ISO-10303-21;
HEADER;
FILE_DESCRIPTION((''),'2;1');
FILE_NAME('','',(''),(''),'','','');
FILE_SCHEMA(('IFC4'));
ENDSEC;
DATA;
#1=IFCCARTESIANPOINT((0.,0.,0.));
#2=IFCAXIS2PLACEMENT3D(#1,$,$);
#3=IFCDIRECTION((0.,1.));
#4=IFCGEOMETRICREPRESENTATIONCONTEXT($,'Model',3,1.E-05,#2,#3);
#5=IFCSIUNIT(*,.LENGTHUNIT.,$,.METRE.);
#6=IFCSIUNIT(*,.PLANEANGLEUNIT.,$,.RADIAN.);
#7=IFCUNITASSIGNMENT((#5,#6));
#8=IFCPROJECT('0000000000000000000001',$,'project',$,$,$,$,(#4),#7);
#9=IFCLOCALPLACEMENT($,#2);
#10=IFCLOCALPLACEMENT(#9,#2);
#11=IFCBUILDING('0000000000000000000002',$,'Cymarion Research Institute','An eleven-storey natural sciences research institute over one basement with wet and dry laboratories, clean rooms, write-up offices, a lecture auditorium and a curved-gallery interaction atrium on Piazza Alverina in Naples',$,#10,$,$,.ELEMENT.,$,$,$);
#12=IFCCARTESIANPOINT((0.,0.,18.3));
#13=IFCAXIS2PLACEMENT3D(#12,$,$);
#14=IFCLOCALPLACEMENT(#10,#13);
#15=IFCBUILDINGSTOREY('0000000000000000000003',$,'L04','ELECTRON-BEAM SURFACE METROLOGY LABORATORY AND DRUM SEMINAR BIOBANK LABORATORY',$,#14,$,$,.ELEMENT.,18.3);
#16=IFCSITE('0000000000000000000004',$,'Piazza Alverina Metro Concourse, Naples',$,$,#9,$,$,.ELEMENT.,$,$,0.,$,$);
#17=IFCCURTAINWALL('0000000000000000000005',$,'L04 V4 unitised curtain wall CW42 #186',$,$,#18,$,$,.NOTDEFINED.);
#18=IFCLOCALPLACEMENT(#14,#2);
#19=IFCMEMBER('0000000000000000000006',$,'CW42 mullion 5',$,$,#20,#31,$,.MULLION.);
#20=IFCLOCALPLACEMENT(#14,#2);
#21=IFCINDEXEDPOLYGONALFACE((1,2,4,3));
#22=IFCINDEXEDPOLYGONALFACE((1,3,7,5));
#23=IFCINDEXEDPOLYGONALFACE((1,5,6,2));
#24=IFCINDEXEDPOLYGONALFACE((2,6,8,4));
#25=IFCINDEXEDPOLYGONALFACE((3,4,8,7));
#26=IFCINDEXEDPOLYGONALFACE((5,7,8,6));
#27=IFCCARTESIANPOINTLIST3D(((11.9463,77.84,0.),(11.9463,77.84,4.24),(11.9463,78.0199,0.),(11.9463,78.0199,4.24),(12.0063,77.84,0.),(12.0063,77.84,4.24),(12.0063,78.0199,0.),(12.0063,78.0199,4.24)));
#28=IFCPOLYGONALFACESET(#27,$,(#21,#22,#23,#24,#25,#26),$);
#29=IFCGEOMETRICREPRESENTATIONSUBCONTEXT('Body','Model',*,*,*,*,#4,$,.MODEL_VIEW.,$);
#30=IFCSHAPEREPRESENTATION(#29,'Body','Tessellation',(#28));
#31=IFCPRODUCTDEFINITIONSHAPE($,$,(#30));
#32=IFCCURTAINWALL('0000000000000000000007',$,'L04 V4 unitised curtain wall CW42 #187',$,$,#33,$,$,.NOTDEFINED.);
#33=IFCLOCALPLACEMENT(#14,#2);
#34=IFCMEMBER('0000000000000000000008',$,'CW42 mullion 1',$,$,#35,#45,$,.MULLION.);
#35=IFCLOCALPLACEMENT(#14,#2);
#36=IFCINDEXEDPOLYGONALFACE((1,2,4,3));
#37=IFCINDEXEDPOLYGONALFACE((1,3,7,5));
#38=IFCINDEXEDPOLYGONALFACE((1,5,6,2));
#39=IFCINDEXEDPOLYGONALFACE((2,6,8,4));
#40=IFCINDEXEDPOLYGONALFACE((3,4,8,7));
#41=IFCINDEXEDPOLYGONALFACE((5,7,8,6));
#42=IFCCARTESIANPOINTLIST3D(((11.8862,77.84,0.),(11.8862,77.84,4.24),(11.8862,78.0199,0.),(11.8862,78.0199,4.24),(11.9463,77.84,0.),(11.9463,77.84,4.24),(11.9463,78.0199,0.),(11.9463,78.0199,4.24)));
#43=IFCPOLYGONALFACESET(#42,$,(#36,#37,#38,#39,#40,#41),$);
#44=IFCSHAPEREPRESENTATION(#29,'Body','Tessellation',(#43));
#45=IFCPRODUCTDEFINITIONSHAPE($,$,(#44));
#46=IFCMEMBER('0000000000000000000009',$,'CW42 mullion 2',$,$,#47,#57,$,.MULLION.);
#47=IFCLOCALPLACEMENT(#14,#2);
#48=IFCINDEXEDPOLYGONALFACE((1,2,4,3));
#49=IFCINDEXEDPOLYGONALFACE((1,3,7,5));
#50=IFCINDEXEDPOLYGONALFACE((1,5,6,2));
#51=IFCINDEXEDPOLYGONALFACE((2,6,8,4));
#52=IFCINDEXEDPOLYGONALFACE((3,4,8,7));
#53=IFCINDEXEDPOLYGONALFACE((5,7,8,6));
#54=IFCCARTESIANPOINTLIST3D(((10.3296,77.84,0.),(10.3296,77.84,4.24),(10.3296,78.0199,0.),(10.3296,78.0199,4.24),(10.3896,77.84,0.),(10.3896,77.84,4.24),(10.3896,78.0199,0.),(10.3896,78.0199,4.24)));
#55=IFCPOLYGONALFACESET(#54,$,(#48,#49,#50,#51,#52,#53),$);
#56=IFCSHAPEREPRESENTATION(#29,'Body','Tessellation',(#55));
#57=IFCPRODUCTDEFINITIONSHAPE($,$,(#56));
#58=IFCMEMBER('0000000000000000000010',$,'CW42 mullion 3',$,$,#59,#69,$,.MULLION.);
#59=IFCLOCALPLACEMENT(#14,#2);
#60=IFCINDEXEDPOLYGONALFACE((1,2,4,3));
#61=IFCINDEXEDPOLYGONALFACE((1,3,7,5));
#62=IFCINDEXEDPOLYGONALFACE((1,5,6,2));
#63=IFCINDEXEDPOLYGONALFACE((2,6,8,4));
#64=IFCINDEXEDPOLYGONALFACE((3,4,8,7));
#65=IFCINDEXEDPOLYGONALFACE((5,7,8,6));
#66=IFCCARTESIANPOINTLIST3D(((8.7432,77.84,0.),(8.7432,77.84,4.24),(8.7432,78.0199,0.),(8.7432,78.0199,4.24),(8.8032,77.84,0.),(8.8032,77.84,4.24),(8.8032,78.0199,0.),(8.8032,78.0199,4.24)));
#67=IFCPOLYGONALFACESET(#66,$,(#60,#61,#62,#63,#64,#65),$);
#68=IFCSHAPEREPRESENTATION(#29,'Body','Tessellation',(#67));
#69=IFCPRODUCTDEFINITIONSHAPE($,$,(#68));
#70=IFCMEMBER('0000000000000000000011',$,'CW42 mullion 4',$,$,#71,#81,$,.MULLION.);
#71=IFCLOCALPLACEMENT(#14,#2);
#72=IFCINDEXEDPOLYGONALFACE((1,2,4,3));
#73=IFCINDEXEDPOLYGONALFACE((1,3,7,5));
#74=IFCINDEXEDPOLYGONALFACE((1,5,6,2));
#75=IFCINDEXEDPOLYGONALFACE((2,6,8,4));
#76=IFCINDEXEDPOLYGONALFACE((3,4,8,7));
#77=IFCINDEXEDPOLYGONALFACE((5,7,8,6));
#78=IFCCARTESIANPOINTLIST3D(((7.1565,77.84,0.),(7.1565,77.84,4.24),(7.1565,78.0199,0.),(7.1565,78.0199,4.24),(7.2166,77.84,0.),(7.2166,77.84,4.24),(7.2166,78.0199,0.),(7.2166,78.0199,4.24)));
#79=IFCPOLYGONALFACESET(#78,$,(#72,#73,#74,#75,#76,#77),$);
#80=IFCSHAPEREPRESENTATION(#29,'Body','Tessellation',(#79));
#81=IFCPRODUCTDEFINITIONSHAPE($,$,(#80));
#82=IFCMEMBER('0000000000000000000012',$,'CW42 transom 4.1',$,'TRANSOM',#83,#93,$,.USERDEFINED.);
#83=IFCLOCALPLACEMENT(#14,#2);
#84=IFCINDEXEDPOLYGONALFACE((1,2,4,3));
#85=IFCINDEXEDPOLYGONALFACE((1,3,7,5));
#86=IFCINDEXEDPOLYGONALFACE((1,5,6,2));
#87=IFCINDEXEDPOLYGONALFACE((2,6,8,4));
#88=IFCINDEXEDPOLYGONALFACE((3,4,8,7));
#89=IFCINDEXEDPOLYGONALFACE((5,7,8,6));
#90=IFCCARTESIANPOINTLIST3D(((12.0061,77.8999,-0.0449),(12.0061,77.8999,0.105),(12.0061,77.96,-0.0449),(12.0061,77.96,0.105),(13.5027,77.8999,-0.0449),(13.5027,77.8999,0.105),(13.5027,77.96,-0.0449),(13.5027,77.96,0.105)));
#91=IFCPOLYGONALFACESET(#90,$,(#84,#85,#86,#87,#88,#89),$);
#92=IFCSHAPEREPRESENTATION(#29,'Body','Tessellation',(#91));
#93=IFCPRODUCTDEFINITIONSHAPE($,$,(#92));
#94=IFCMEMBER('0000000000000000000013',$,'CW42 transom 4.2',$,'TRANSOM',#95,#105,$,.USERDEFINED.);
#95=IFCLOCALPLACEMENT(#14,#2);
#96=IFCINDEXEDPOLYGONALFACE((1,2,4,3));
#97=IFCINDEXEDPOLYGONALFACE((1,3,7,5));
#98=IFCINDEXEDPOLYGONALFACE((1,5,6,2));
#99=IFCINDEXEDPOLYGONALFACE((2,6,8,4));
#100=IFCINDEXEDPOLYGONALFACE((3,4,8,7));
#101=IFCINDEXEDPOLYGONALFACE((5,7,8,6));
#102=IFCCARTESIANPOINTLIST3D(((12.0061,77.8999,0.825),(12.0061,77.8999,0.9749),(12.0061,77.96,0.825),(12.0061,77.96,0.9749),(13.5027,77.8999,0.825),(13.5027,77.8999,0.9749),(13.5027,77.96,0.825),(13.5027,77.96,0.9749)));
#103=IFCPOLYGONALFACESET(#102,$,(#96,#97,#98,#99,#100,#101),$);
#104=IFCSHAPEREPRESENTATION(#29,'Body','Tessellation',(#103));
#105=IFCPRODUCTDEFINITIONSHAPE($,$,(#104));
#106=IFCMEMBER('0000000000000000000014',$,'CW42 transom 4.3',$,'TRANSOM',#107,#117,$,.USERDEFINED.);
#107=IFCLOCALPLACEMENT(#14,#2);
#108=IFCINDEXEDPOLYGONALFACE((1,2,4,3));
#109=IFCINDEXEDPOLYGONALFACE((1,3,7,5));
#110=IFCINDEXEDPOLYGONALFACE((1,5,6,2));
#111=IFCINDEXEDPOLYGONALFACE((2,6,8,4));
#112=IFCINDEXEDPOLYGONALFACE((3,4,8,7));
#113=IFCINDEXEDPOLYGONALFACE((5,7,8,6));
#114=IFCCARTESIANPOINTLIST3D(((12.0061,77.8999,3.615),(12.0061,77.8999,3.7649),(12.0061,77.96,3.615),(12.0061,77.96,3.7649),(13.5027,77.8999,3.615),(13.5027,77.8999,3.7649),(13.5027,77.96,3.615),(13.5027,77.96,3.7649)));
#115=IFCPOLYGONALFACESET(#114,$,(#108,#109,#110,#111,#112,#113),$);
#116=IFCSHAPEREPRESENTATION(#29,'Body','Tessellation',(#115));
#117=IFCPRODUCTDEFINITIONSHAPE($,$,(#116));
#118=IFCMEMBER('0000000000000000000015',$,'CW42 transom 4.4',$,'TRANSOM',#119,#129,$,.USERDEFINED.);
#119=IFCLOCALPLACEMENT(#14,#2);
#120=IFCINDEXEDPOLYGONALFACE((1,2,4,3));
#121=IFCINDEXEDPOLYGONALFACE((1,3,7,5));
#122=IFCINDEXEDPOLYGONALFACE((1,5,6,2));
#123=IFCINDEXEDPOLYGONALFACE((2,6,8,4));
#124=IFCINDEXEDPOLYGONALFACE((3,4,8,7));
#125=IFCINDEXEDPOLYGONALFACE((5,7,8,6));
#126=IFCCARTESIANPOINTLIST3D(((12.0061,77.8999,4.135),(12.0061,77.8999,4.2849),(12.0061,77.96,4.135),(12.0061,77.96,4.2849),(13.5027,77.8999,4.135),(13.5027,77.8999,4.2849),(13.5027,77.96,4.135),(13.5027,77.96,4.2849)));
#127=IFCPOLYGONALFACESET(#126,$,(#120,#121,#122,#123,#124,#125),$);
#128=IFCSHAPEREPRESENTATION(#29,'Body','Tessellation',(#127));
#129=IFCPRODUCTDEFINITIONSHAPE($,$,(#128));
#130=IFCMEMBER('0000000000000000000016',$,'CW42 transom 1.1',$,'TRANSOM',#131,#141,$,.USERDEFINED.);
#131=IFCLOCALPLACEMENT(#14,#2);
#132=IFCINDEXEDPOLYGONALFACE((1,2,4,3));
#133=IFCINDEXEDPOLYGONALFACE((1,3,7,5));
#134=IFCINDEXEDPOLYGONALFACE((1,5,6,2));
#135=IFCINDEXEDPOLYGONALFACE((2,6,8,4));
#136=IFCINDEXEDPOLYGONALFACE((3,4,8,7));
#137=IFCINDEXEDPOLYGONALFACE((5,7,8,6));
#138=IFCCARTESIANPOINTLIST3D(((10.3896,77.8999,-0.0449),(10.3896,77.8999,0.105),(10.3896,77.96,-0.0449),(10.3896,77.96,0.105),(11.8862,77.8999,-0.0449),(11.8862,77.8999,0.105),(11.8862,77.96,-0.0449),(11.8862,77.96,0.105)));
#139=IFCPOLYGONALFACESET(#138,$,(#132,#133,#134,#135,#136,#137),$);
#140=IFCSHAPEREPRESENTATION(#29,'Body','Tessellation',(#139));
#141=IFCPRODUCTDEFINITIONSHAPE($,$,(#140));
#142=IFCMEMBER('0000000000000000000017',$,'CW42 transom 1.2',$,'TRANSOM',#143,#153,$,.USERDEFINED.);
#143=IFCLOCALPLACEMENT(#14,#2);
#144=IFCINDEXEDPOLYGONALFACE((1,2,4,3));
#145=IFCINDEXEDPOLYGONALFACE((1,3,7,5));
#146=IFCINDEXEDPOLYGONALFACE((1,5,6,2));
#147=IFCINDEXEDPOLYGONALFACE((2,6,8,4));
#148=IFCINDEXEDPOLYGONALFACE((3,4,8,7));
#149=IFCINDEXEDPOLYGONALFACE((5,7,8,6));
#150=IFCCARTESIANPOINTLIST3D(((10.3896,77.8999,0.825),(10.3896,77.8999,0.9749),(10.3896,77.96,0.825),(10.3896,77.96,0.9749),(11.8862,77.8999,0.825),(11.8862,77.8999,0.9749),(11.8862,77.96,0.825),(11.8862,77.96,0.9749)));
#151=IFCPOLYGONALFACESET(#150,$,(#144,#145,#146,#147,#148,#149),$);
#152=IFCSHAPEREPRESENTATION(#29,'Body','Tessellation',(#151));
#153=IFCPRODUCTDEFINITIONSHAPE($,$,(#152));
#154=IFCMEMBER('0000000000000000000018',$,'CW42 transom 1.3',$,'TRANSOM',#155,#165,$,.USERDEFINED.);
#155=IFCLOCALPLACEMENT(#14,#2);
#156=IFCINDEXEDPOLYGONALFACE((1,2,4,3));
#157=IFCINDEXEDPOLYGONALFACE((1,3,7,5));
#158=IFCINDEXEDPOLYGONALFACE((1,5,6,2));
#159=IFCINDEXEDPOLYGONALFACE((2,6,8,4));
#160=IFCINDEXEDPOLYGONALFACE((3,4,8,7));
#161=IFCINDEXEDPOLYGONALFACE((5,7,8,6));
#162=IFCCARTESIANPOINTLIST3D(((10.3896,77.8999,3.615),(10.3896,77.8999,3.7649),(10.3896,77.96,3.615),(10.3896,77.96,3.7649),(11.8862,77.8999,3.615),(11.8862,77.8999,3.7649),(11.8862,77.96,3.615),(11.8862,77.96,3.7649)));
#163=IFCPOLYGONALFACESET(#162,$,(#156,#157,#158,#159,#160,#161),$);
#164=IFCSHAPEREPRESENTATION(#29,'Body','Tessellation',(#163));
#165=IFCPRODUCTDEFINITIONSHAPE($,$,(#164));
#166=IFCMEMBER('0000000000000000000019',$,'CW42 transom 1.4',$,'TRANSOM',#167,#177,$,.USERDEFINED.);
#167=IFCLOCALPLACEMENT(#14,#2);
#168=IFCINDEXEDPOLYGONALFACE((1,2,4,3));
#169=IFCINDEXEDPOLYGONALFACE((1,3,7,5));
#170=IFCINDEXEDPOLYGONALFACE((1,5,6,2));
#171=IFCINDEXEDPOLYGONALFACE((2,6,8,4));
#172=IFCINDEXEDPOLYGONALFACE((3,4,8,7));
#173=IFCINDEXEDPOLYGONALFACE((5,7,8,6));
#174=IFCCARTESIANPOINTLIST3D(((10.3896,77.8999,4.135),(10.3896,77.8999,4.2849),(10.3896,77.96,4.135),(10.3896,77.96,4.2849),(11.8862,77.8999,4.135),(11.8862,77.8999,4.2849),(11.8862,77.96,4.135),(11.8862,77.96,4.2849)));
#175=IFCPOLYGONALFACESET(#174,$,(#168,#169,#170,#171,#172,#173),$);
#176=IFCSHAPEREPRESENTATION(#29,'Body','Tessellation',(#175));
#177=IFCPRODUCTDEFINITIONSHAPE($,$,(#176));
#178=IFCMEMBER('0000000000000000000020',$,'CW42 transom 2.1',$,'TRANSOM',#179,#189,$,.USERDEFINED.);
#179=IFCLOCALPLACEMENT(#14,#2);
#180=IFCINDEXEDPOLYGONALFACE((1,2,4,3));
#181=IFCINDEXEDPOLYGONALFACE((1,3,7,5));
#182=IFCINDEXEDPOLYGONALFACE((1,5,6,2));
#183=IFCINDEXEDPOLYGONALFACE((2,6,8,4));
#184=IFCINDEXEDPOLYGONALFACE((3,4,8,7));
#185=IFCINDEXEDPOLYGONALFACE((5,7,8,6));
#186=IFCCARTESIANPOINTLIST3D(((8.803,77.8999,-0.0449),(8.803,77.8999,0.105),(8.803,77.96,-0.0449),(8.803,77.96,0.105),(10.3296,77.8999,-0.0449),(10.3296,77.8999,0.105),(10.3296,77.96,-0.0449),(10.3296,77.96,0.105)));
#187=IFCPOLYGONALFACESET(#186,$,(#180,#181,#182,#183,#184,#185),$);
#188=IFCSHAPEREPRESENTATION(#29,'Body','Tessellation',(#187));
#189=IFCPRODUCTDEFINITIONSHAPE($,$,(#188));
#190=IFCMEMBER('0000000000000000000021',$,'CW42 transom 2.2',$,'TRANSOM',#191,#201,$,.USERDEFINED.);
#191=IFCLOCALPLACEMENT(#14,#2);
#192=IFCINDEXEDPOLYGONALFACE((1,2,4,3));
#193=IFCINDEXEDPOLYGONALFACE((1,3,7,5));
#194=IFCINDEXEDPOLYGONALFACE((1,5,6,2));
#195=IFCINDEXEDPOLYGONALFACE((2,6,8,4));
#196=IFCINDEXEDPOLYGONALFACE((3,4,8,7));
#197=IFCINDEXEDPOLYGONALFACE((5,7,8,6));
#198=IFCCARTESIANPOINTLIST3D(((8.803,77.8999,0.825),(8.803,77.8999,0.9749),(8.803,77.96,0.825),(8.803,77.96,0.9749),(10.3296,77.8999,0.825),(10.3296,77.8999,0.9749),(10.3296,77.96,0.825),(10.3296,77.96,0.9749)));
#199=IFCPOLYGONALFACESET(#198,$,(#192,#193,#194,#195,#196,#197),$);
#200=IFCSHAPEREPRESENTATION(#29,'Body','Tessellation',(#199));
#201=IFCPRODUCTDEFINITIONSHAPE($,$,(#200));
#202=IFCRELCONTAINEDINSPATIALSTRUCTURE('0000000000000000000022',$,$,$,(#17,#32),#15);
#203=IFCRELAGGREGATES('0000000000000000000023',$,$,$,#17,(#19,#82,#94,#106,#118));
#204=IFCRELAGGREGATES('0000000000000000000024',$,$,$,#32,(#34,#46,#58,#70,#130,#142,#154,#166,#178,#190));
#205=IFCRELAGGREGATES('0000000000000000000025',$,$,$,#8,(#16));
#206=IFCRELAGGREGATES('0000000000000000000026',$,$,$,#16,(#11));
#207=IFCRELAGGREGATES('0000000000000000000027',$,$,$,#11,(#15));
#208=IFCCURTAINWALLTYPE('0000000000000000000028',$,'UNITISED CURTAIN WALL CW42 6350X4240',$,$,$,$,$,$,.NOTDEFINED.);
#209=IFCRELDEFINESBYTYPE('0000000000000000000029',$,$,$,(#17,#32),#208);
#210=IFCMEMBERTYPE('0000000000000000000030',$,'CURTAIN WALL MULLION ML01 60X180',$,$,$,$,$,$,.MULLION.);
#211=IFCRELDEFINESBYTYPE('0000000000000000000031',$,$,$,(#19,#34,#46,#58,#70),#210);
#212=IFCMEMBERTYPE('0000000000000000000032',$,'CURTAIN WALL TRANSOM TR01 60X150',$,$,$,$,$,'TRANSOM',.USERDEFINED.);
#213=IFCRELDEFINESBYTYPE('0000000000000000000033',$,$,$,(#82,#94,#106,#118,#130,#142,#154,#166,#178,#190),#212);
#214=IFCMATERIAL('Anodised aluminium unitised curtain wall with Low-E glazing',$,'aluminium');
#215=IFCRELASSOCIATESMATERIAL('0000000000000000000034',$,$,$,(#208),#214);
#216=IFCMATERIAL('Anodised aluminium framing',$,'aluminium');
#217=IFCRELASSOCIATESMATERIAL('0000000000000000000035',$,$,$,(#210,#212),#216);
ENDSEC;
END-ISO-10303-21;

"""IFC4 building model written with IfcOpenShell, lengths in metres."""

from ifc_helpers import new_model, si_unit, direction, frame, origin, origin_2d, place, context, subcontext, project, spatial, rectangle, extrude, material, material_profile, profile_set, type_object, element, aggregate, save


model = new_model("IFC4")

# Units and contexts
model_context = context("Model", 3, precision=1e-05, world=origin(), true_north=direction((0.0, 1.0)))
body_context = subcontext(model_context, "Body", "Model", "MODEL_VIEW")
ifc_project = project(units=[si_unit("LENGTHUNIT", "METRE"), si_unit("PLANEANGLEUNIT", "RADIAN")], contexts=[model_context])

# Site, building, storey
site_placement = place(None, origin())
site = spatial("IfcSite", under=ifc_project, at=site_placement, Name="Piazza Alverina Metro Concourse, Naples", CompositionType="ELEMENT", RefElevation=0.0)
building_placement = place(site_placement, origin())
building = spatial("IfcBuilding", under=site, at=building_placement, Name="Cymarion Research Institute", Description="An eleven-storey natural sciences research institute over one basement with wet and dry laboratories, clean rooms, write-up offices, a lecture auditorium and a curved-gallery interaction atrium on Piazza Alverina in Naples", CompositionType="ELEMENT")
storey_placement = place(building_placement, frame((0.0, 0.0, 18.3)))
storey = spatial("IfcBuildingStorey", under=building, at=storey_placement, Name="L04", Description="ELECTRON-BEAM SURFACE METROLOGY LABORATORY AND DRUM SEMINAR BIOBANK LABORATORY", CompositionType="ELEMENT", Elevation=18.3)

# Curtain wall, member
ifc_material_1 = material(Name="Anodised aluminium unitised curtain wall with Low-E glazing", Category="aluminium")
curtain_wall_type = type_object("IfcCurtainWallType", Name="UNITISED CURTAIN WALL CW42 6350X4240", PredefinedType="NOTDEFINED", material=ifc_material_1)
curtain_wall_1_placement = place(storey_placement, origin())
curtain_wall_1 = element("IfcCurtainWall", 1, at=curtain_wall_1_placement, inside=storey, type_object=curtain_wall_type, Name="L04 V4 unitised curtain wall CW42 #186", PredefinedType="NOTDEFINED")
ifc_material_2 = material(Name="Anodised aluminium framing", Category="aluminium")
ifc_material_profile_1 = material_profile(ifc_material_2, rectangle(XDim=0.0601, YDim=0.1799, at=origin_2d()), Name="ALU MULLION 60x180")
ifc_profile_set_1 = profile_set([ifc_material_profile_1], Name="Anodised aluminium framing")
member_type_1 = type_object("IfcMemberType", Name="CURTAIN WALL MULLION ML01 60X180", PredefinedType="MULLION", material=ifc_profile_set_1)
member_1_placement = place(storey_placement, frame((11.9763, 77.9299, 0.0), z_axis=(0.0, 0.0, 1.0), x_axis=(-1.0, 0.0, 0.0)))
member_1 = element("IfcMember", 2, at=member_1_placement, type_object=member_type_1, Name="CW42 mullion 5", PredefinedType="MULLION", context=body_context, shape_type="SweptSolid", body=[
    extrude(rectangle(XDim=0.0601, YDim=0.1799, at=origin_2d()), origin(), (0.0, 0.0, 1.0), 4.24),
])

# Curtain wall, members
curtain_wall_2_placement = place(storey_placement, origin())
curtain_wall_2 = element("IfcCurtainWall", 3, at=curtain_wall_2_placement, inside=storey, type_object=curtain_wall_type, Name="L04 V4 unitised curtain wall CW42 #187", PredefinedType="NOTDEFINED")
member_2_placement = place(storey_placement, frame((11.9163, 77.9299, 0.0), z_axis=(0.0, 0.0, 1.0), x_axis=(-1.0, 0.0, 0.0)))
member_2 = element("IfcMember", 4, at=member_2_placement, type_object=member_type_1, Name="CW42 mullion 1", PredefinedType="MULLION", context=body_context, shape_type="SweptSolid", body=[
    extrude(rectangle(XDim=0.0601, YDim=0.1799, at=origin_2d()), origin(), (0.0, 0.0, 1.0), 4.24),
])
member_3_placement = place(storey_placement, frame((10.3596, 77.9299, 0.0), z_axis=(0.0, 0.0, 1.0), x_axis=(-1.0, 0.0, 0.0)))
member_3 = element("IfcMember", 5, at=member_3_placement, type_object=member_type_1, Name="CW42 mullion 2", PredefinedType="MULLION", context=body_context, shape_type="SweptSolid", body=[
    extrude(rectangle(XDim=0.0601, YDim=0.1799, at=origin_2d()), origin(), (0.0, 0.0, 1.0), 4.24),
])
member_4_placement = place(storey_placement, frame((8.7732, 77.9299, 0.0), z_axis=(0.0, 0.0, 1.0), x_axis=(-1.0, 0.0, 0.0)))
member_4 = element("IfcMember", 6, at=member_4_placement, type_object=member_type_1, Name="CW42 mullion 3", PredefinedType="MULLION", context=body_context, shape_type="SweptSolid", body=[
    extrude(rectangle(XDim=0.0601, YDim=0.1799, at=origin_2d()), origin(), (0.0, 0.0, 1.0), 4.24),
])
member_5_placement = place(storey_placement, frame((7.1865, 77.9299, 0.0), z_axis=(0.0, 0.0, 1.0), x_axis=(-1.0, 0.0, 0.0)))
member_5 = element("IfcMember", 7, at=member_5_placement, type_object=member_type_1, Name="CW42 mullion 4", PredefinedType="MULLION", context=body_context, shape_type="SweptSolid", body=[
    extrude(rectangle(XDim=0.0601, YDim=0.1799, at=origin_2d()), origin(), (0.0, 0.0, 1.0), 4.24),
])

# Members
ifc_material_profile_2 = material_profile(ifc_material_2, rectangle(XDim=0.0601, YDim=0.1499, at=origin_2d()), Name="ALU TRANSOM 60x150")
ifc_profile_set_2 = profile_set([ifc_material_profile_2], Name="Anodised aluminium framing")
member_type_2 = type_object("IfcMemberType", Name="CURTAIN WALL TRANSOM TR01 60X150", ElementType="TRANSOM", PredefinedType="USERDEFINED", material=ifc_profile_set_2)
member_6_placement = place(storey_placement, frame((13.5027, 77.9299, 0.03), z_axis=(-1.0, 0.0, 0.0), x_axis=(0.0, -1.0, 0.0)))
member_6 = element("IfcMember", 8, at=member_6_placement, type_object=member_type_2, Name="CW42 transom 4.1", ObjectType="TRANSOM", PredefinedType="USERDEFINED", context=body_context, shape_type="SweptSolid", body=[
    extrude(rectangle(XDim=0.0601, YDim=0.1499, at=origin_2d()), origin(), (0.0, 0.0, 1.0), 1.4966),
])
member_7_placement = place(storey_placement, frame((13.5027, 77.9299, 0.8999), z_axis=(-1.0, 0.0, 0.0), x_axis=(0.0, -1.0, 0.0)))
member_7 = element("IfcMember", 9, at=member_7_placement, type_object=member_type_2, Name="CW42 transom 4.2", ObjectType="TRANSOM", PredefinedType="USERDEFINED", context=body_context, shape_type="SweptSolid", body=[
    extrude(rectangle(XDim=0.0601, YDim=0.1499, at=origin_2d()), origin(), (0.0, 0.0, 1.0), 1.4966),
])
member_8_placement = place(storey_placement, frame((13.5027, 77.9299, 3.6899), z_axis=(-1.0, 0.0, 0.0), x_axis=(0.0, -1.0, 0.0)))
member_8 = element("IfcMember", 10, at=member_8_placement, type_object=member_type_2, Name="CW42 transom 4.3", ObjectType="TRANSOM", PredefinedType="USERDEFINED", context=body_context, shape_type="SweptSolid", body=[
    extrude(rectangle(XDim=0.0601, YDim=0.1499, at=origin_2d()), origin(), (0.0, 0.0, 1.0), 1.4966),
])
member_9_placement = place(storey_placement, frame((13.5027, 77.9299, 4.21), z_axis=(-1.0, 0.0, 0.0), x_axis=(0.0, -1.0, 0.0)))
member_9 = element("IfcMember", 11, at=member_9_placement, type_object=member_type_2, Name="CW42 transom 4.4", ObjectType="TRANSOM", PredefinedType="USERDEFINED", context=body_context, shape_type="SweptSolid", body=[
    extrude(rectangle(XDim=0.0601, YDim=0.1499, at=origin_2d()), origin(), (0.0, 0.0, 1.0), 1.4966),
])
member_10_placement = place(storey_placement, frame((11.8862, 77.9299, 0.03), z_axis=(-1.0, 0.0, 0.0), x_axis=(0.0, -1.0, 0.0)))
member_10 = element("IfcMember", 12, at=member_10_placement, type_object=member_type_2, Name="CW42 transom 1.1", ObjectType="TRANSOM", PredefinedType="USERDEFINED", context=body_context, shape_type="SweptSolid", body=[
    extrude(rectangle(XDim=0.0601, YDim=0.1499, at=origin_2d()), origin(), (0.0, 0.0, 1.0), 1.4966),
])
member_11_placement = place(storey_placement, frame((11.8862, 77.9299, 0.8999), z_axis=(-1.0, 0.0, 0.0), x_axis=(0.0, -1.0, 0.0)))
member_11 = element("IfcMember", 13, at=member_11_placement, type_object=member_type_2, Name="CW42 transom 1.2", ObjectType="TRANSOM", PredefinedType="USERDEFINED", context=body_context, shape_type="SweptSolid", body=[
    extrude(rectangle(XDim=0.0601, YDim=0.1499, at=origin_2d()), origin(), (0.0, 0.0, 1.0), 1.4966),
])
member_12_placement = place(storey_placement, frame((11.8862, 77.9299, 3.6899), z_axis=(-1.0, 0.0, 0.0), x_axis=(0.0, -1.0, 0.0)))
member_12 = element("IfcMember", 14, at=member_12_placement, type_object=member_type_2, Name="CW42 transom 1.3", ObjectType="TRANSOM", PredefinedType="USERDEFINED", context=body_context, shape_type="SweptSolid", body=[
    extrude(rectangle(XDim=0.0601, YDim=0.1499, at=origin_2d()), origin(), (0.0, 0.0, 1.0), 1.4966),
])
member_13_placement = place(storey_placement, frame((11.8862, 77.9299, 4.21), z_axis=(-1.0, 0.0, 0.0), x_axis=(0.0, -1.0, 0.0)))
member_13 = element("IfcMember", 15, at=member_13_placement, type_object=member_type_2, Name="CW42 transom 1.4", ObjectType="TRANSOM", PredefinedType="USERDEFINED", context=body_context, shape_type="SweptSolid", body=[
    extrude(rectangle(XDim=0.0601, YDim=0.1499, at=origin_2d()), origin(), (0.0, 0.0, 1.0), 1.4966),
])
member_14_placement = place(storey_placement, frame((10.3296, 77.9299, 0.03), z_axis=(-1.0, 0.0, 0.0), x_axis=(0.0, -1.0, 0.0)))
member_14 = element("IfcMember", 16, at=member_14_placement, type_object=member_type_2, Name="CW42 transom 2.1", ObjectType="TRANSOM", PredefinedType="USERDEFINED", context=body_context, shape_type="SweptSolid", body=[
    extrude(rectangle(XDim=0.0601, YDim=0.1499, at=origin_2d()), origin(), (0.0, 0.0, 1.0), 1.5266),
])
member_15_placement = place(storey_placement, frame((10.3296, 77.9299, 0.8999), z_axis=(-1.0, 0.0, 0.0), x_axis=(0.0, -1.0, 0.0)))
member_15 = element("IfcMember", 17, at=member_15_placement, type_object=member_type_2, Name="CW42 transom 2.2", ObjectType="TRANSOM", PredefinedType="USERDEFINED", context=body_context, shape_type="SweptSolid", body=[
    extrude(rectangle(XDim=0.0601, YDim=0.1499, at=origin_2d()), origin(), (0.0, 0.0, 1.0), 1.5266),
])

aggregate(curtain_wall_1, [member_1, member_6, member_7, member_8, member_9])
aggregate(curtain_wall_2, [member_2, member_3, member_4, member_5, member_10, member_11, member_12, member_13, member_14, member_15])

save(model, "model.ifc")
